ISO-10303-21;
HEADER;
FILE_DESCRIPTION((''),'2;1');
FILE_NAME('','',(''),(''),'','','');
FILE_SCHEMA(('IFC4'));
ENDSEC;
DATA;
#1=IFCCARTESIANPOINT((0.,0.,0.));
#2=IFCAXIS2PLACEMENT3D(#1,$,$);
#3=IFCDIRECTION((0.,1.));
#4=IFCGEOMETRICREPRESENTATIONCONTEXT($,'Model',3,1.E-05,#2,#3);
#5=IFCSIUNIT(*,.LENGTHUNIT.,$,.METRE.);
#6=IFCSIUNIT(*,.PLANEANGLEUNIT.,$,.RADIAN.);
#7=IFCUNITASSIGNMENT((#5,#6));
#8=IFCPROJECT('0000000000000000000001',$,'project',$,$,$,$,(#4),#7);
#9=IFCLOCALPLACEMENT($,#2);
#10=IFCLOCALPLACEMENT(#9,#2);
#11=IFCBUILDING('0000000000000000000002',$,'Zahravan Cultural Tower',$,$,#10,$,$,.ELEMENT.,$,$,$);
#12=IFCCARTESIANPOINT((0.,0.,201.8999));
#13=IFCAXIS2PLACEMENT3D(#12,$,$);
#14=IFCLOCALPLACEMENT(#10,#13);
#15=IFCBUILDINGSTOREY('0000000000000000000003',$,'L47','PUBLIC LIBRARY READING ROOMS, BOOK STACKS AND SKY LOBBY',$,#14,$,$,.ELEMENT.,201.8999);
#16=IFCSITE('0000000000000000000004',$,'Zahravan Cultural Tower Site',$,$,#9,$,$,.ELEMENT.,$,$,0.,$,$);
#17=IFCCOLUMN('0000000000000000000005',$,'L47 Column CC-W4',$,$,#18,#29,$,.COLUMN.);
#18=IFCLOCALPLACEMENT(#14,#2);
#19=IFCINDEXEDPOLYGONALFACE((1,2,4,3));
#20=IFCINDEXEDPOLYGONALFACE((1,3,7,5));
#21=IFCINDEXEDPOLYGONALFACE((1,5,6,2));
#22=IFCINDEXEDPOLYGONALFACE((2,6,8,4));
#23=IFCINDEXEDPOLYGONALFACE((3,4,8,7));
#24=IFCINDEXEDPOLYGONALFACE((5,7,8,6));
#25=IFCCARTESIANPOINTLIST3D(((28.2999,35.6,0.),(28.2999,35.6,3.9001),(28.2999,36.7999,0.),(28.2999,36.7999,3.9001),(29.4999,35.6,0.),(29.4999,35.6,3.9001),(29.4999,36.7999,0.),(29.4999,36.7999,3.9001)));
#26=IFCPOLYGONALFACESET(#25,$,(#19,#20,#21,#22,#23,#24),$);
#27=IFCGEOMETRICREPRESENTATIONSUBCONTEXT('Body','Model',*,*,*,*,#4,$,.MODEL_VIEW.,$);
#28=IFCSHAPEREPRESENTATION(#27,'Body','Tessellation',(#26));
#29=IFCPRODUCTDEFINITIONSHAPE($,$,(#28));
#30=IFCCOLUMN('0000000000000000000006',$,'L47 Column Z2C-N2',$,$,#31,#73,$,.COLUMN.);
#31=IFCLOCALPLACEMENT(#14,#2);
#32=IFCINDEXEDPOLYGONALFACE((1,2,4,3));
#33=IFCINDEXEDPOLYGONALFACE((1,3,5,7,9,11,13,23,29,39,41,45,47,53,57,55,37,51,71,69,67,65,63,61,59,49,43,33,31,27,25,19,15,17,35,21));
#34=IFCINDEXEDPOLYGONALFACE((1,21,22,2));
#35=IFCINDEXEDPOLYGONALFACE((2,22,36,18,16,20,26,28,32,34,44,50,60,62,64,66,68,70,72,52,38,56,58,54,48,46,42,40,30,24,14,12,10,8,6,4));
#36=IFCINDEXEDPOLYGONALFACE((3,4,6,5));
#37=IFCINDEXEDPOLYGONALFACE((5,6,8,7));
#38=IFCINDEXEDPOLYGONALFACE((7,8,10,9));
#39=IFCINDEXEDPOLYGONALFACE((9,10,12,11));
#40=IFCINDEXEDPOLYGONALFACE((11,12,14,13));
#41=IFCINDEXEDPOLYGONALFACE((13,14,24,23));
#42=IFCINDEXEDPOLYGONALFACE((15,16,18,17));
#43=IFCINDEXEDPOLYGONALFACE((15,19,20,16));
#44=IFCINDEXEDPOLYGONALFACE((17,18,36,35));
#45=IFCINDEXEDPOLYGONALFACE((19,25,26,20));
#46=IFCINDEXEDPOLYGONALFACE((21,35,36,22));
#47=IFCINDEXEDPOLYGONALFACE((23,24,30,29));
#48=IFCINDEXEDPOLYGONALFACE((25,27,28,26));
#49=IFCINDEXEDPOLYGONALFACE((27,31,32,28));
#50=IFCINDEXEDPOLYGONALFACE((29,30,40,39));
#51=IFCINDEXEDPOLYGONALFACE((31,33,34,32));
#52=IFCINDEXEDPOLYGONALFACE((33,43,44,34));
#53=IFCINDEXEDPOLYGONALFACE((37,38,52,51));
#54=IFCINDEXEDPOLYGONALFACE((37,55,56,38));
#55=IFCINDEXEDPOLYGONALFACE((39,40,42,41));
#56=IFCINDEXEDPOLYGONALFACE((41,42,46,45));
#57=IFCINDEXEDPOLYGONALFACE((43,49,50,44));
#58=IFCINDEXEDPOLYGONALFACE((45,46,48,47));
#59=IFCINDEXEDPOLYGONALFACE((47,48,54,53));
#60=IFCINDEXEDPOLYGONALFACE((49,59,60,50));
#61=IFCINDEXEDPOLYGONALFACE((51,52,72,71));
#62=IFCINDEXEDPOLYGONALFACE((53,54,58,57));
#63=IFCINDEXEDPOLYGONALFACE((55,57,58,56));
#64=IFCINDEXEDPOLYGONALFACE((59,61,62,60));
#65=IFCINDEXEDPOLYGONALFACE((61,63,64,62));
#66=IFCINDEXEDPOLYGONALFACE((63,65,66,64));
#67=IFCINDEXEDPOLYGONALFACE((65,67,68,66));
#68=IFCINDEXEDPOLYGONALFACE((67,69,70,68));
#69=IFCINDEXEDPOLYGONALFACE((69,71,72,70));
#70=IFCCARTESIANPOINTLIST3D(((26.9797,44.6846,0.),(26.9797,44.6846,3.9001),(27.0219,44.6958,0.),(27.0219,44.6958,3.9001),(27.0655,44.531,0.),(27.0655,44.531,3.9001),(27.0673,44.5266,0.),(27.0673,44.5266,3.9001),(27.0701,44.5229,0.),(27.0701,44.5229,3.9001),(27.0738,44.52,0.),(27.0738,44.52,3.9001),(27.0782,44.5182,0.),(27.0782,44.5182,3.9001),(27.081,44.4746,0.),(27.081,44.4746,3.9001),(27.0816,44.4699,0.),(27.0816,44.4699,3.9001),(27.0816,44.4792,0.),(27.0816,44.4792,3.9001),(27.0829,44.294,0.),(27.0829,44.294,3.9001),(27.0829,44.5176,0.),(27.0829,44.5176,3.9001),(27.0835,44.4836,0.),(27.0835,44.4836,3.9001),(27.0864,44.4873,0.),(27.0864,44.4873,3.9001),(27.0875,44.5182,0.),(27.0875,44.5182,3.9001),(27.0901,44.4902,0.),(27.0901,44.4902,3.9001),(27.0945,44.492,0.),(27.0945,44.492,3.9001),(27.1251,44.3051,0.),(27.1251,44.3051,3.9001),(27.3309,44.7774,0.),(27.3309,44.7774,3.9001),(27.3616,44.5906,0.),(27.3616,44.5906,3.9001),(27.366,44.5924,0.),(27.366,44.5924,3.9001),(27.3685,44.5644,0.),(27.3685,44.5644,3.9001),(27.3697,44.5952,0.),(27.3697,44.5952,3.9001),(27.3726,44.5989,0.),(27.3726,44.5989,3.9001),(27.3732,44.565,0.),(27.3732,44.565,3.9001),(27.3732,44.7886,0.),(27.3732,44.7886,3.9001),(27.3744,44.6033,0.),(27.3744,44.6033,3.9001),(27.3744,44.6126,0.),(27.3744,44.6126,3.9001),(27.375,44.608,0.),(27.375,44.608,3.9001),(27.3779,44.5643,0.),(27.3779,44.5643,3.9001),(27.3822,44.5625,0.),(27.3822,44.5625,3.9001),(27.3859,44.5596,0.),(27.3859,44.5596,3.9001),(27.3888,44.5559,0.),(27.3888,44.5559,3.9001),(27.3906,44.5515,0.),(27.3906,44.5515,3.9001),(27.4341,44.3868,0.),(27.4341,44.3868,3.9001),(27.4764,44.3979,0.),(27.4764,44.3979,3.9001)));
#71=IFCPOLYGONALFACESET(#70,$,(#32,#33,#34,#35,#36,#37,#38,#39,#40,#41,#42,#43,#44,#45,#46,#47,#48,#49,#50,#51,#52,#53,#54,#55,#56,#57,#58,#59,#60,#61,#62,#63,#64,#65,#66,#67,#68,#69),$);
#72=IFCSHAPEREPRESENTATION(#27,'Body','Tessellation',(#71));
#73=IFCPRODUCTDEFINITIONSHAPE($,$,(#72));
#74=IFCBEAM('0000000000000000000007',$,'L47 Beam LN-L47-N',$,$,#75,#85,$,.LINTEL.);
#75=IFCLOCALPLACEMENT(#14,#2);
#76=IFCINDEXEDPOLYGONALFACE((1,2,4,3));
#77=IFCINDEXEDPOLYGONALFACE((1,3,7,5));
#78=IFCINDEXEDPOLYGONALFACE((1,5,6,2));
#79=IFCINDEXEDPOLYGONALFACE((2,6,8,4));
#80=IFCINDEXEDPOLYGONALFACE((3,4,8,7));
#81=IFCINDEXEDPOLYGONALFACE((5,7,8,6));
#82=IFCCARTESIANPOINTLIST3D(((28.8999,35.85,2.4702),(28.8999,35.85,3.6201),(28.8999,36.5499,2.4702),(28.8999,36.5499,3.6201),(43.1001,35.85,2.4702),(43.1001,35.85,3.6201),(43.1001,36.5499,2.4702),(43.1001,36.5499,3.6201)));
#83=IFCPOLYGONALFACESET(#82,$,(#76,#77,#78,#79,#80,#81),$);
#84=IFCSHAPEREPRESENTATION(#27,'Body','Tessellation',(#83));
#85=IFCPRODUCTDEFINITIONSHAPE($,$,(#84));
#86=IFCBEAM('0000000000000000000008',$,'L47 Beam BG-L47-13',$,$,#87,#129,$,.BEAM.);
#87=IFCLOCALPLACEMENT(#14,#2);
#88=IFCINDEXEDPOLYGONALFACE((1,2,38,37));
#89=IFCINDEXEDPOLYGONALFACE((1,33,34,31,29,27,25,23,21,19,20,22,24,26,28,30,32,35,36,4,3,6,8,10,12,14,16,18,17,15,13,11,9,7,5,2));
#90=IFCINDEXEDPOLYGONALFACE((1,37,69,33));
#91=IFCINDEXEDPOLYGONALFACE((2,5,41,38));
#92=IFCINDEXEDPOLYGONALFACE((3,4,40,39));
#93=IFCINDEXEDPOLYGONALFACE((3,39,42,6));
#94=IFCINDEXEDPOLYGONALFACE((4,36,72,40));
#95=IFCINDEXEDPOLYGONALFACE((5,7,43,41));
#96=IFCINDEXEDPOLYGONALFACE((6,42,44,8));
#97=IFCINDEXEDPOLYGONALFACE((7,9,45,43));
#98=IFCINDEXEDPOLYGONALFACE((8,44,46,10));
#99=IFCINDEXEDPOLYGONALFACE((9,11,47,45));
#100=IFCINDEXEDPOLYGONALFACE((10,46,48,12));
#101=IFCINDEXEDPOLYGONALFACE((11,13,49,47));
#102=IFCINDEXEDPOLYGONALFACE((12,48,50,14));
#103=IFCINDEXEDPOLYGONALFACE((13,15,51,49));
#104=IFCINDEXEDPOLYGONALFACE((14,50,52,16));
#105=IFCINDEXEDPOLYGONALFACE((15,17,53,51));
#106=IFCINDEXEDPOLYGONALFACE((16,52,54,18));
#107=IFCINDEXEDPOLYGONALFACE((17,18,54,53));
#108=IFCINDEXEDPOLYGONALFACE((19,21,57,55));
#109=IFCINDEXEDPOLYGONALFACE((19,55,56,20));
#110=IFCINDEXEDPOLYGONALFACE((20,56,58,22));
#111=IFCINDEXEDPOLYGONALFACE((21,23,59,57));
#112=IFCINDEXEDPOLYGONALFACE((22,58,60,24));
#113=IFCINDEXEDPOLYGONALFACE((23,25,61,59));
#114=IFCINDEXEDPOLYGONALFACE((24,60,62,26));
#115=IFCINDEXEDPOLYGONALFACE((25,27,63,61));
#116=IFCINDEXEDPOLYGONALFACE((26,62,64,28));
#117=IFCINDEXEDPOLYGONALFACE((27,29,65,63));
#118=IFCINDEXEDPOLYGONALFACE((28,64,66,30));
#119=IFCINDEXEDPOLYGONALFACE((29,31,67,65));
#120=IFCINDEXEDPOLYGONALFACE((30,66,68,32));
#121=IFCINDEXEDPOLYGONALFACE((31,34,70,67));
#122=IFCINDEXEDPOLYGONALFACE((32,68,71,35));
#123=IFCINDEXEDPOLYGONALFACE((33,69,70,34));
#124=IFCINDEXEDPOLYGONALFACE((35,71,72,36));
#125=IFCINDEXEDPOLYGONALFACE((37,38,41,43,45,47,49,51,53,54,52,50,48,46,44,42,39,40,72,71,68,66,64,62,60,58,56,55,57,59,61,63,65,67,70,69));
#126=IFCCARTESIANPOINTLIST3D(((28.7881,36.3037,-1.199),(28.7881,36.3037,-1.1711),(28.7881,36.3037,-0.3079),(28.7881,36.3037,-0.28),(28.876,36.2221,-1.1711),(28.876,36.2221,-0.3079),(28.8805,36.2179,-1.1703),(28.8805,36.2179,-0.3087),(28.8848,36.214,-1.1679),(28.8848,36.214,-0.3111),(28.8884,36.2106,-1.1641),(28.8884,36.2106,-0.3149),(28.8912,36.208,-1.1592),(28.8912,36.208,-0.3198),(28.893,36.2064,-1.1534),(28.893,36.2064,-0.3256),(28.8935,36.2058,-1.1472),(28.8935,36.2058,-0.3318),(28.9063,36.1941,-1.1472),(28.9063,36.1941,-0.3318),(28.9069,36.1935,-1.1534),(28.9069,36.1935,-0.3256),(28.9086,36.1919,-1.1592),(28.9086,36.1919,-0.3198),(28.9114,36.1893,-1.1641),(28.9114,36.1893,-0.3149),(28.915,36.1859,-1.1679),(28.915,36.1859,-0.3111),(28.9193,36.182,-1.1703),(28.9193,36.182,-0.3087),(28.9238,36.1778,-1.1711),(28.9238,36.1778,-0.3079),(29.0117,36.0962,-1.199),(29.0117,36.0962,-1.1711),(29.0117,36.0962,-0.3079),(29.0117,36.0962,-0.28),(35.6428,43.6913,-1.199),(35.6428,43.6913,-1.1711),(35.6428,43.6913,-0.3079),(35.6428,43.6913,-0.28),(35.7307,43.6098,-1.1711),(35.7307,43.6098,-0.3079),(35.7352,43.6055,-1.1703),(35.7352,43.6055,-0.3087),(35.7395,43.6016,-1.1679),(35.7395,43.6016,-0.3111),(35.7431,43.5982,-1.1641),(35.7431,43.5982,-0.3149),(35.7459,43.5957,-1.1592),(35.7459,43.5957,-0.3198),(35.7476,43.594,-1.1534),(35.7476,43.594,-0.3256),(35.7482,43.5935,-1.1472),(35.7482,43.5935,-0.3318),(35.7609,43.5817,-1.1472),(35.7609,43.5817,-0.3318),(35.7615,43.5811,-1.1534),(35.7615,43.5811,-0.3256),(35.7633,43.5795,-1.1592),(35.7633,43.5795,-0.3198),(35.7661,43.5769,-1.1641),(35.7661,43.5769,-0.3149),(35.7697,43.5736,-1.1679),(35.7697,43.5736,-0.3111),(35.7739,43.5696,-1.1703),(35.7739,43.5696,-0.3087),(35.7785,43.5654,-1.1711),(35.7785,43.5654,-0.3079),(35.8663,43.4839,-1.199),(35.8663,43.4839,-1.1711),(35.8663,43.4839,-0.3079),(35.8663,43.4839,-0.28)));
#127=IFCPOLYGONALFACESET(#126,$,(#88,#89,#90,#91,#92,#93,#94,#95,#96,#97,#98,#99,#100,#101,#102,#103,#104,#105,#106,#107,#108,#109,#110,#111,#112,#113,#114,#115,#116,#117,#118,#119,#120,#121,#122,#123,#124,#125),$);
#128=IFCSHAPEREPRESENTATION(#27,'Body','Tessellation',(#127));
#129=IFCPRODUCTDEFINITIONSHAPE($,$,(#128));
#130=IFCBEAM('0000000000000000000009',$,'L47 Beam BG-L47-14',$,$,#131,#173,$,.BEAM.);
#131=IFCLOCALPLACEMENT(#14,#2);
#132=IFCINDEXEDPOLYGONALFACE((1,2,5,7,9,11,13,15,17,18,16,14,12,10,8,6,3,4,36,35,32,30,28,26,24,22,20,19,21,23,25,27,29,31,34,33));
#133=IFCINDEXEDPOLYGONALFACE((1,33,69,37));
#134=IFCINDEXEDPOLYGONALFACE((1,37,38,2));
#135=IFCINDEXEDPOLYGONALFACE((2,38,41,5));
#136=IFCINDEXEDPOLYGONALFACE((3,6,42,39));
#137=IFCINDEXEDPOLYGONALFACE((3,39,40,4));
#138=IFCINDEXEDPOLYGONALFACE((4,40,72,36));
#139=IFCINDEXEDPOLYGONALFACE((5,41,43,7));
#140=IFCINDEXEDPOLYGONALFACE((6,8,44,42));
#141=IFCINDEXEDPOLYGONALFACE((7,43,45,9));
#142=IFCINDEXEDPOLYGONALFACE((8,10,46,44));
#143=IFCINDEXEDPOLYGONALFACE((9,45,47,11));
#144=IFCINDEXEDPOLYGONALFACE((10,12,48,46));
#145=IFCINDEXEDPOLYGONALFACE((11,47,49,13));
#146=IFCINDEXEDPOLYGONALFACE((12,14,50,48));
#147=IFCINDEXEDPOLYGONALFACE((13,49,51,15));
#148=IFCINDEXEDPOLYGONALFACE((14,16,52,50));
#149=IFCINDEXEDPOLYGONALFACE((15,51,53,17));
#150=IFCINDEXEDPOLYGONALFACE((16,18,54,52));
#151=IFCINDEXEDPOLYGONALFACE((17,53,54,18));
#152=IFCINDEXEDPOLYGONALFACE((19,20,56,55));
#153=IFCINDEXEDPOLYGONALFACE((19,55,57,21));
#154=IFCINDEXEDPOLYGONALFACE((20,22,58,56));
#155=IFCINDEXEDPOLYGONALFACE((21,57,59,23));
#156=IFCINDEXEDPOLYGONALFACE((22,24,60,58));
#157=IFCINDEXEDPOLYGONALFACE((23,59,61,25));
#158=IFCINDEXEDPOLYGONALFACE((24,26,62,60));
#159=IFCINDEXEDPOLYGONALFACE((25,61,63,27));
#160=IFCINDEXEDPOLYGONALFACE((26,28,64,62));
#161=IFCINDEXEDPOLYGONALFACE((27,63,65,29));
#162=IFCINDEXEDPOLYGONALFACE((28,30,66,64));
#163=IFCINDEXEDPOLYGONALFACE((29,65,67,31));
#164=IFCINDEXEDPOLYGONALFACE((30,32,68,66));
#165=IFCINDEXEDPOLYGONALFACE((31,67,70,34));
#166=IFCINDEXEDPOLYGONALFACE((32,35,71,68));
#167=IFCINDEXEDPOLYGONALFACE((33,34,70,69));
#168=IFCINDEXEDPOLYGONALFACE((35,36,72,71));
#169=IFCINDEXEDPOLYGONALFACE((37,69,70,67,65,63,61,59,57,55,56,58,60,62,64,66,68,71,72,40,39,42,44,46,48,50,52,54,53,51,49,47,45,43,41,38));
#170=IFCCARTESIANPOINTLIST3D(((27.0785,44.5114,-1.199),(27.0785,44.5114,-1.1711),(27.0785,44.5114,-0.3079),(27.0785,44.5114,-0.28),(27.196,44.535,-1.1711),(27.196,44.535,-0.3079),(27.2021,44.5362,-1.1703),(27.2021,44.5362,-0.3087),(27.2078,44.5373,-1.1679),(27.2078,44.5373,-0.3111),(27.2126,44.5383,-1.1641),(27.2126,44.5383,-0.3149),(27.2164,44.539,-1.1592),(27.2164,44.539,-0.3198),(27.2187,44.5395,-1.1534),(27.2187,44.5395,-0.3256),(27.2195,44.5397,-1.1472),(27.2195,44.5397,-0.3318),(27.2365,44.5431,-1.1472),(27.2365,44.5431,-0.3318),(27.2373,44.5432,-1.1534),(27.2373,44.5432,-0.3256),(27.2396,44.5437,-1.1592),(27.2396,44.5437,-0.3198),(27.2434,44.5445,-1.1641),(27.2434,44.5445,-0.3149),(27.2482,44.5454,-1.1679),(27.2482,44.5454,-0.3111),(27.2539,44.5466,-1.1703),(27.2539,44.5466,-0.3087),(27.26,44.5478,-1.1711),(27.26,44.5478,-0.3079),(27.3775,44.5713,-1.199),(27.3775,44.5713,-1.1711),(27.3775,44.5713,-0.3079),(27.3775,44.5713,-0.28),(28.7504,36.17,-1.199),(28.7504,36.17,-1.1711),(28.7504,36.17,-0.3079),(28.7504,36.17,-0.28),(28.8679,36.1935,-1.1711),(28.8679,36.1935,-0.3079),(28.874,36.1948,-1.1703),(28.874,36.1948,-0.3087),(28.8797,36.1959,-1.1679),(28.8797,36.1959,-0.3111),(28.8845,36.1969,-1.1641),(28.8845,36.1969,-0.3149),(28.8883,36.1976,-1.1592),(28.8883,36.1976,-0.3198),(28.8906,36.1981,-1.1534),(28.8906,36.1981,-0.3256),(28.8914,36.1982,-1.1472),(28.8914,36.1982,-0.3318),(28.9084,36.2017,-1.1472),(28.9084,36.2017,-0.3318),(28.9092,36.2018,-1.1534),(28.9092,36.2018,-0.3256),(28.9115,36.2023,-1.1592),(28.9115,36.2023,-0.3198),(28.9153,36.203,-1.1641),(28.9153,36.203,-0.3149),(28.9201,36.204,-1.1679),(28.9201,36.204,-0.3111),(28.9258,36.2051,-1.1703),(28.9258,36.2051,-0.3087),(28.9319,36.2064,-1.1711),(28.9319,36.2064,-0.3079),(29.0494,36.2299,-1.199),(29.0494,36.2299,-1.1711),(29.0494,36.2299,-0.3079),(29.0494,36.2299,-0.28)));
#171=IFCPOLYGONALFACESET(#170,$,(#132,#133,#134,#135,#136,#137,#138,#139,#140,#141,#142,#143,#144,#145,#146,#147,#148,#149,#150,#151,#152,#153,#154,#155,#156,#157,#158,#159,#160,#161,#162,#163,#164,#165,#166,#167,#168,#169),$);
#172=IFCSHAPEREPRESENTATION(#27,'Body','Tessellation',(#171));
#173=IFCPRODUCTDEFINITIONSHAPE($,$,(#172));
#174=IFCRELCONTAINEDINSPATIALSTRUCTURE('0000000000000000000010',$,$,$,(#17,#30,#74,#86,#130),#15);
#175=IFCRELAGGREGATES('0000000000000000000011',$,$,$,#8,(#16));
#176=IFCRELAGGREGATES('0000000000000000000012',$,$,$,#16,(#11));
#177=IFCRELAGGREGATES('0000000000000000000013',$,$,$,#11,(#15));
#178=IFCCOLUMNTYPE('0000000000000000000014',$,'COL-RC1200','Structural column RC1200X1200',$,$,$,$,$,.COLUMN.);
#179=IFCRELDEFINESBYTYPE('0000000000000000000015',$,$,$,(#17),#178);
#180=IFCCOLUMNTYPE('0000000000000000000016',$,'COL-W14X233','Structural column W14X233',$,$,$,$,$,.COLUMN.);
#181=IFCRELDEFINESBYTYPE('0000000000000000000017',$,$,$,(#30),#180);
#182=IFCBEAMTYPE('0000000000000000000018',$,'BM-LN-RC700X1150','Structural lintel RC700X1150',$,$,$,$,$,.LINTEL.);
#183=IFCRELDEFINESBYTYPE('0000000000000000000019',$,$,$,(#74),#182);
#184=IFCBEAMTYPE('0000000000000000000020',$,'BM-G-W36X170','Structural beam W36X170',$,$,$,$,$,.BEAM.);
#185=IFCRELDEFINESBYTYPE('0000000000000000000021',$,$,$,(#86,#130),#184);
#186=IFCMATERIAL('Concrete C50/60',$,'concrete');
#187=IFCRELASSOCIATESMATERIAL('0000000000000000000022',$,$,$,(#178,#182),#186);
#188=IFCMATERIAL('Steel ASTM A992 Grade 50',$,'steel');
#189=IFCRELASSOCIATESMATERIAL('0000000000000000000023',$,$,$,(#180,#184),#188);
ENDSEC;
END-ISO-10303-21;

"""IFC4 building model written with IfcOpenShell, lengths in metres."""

from ifc_helpers import new_model, si_unit, direction, frame, origin, origin_2d, place, context, subcontext, project, spatial, rectangle, i_section, extrude, source, transform, mapped, material, material_profile, profile_set, type_object, element, save


model = new_model("IFC4")

# Units and contexts
model_context = context("Model", 3, precision=1e-05, world=origin(), true_north=direction((0.0, 1.0)))
body_context = subcontext(model_context, "Body", "Model", "MODEL_VIEW")
ifc_project = project(units=[si_unit("LENGTHUNIT", "METRE"), si_unit("PLANEANGLEUNIT", "RADIAN")], contexts=[model_context])

# Site, building, storey
site_placement = place(None, origin())
site = spatial("IfcSite", under=ifc_project, at=site_placement, Name="Zahravan Cultural Tower Site", CompositionType="ELEMENT", RefElevation=0.0)
building_placement = place(site_placement, origin())
building = spatial("IfcBuilding", under=site, at=building_placement, Name="Zahravan Cultural Tower", CompositionType="ELEMENT")
storey_placement = place(building_placement, frame((0.0, 0.0, 201.8999)))
storey = spatial("IfcBuildingStorey", under=building, at=storey_placement, Name="L47", Description="PUBLIC LIBRARY READING ROOMS, BOOK STACKS AND SKY LOBBY", CompositionType="ELEMENT", Elevation=201.8999)

# Columns
ifc_material_1 = material(Name="Concrete C50/60", Category="concrete")
ifc_material_profile_1 = material_profile(ifc_material_1, rectangle(XDim=1.2, YDim=1.2, at=origin_2d()), Name="RC1200X1200")
ifc_profile_set_1 = profile_set([ifc_material_profile_1], Name="Concrete C50/60")
column_type_1 = type_object("IfcColumnType", Name="COL-RC1200", Description="Structural column RC1200X1200", PredefinedType="COLUMN", material=ifc_profile_set_1)
shared_shape_1 = source(origin(), body_context, "Body", "SweptSolid", [
    extrude(rectangle(XDim=1.2, YDim=1.2, at=origin_2d()), origin(), (0.0, 0.0, 1.0), 3.9001),
])
column_1_placement = place(storey_placement, frame((28.8999, 36.2, 0.0), z_axis=(0.0, 0.0, 1.0), x_axis=(1.0, 0.0, 0.0)))
element("IfcColumn", 1, at=column_1_placement, inside=storey, type_object=column_type_1, Name="L47 Column CC-W4", PredefinedType="COLUMN", context=body_context, shape_type="MappedRepresentation", body=[
    mapped(shared_shape_1, transform((0.0, 0.0, 0.0), x_axis=(1.0, 0.0, 0.0), y_axis=(0.0, 1.0, 0.0), z_axis=(0.0, 0.0, 1.0), scale=1.0)),
])
ifc_material_2 = material(Name="Steel ASTM A992 Grade 50", Category="steel")
ifc_material_profile_2 = material_profile(ifc_material_2, i_section(OverallWidth=0.4041, OverallDepth=0.407, WebThickness=0.0271, FlangeThickness=0.0437, FilletRadius=0.0181, at=origin_2d()), Name="W14X233")
ifc_profile_set_2 = profile_set([ifc_material_profile_2], Name="Steel ASTM A992 Grade 50")
column_type_2 = type_object("IfcColumnType", Name="COL-W14X233", Description="Structural column W14X233", PredefinedType="COLUMN", material=ifc_profile_set_2)
shared_shape_2 = source(origin(), body_context, "Body", "SweptSolid", [
    extrude(i_section(OverallWidth=0.4041, OverallDepth=0.407, WebThickness=0.0271, FlangeThickness=0.0437, FilletRadius=0.0181, at=origin_2d()), origin(), (0.0, 0.0, 1.0), 3.9001),
])
column_2_placement = place(storey_placement, frame((27.228, 44.5413, 0.0), z_axis=(0.0, 0.0, 1.0), x_axis=(-0.255446, 0.966823, 0.0)))
element("IfcColumn", 2, at=column_2_placement, inside=storey, type_object=column_type_2, Name="L47 Column Z2C-N2", PredefinedType="COLUMN", context=body_context, shape_type="MappedRepresentation", body=[
    mapped(shared_shape_2, transform((0.0, 0.0, 0.0), x_axis=(1.0, 0.0, 0.0), y_axis=(0.0, 1.0, 0.0), z_axis=(0.0, 0.0, 1.0), scale=1.0)),
])

# Beams
ifc_material_profile_3 = material_profile(ifc_material_1, rectangle(XDim=0.7, YDim=1.1499, at=origin_2d()), Name="RC700X1150")
ifc_profile_set_3 = profile_set([ifc_material_profile_3], Name="Concrete C50/60")
beam_type_1 = type_object("IfcBeamType", Name="BM-LN-RC700X1150", Description="Structural lintel RC700X1150", PredefinedType="LINTEL", material=ifc_profile_set_3)
shared_shape_3 = source(origin(), body_context, "Body", "SweptSolid", [
    extrude(rectangle(XDim=0.7, YDim=1.1499, at=origin_2d()), origin(), (0.0, 0.0, 1.0), 14.2002),
])
beam_1_placement = place(storey_placement, frame((28.8999, 36.2, 3.0452), z_axis=(1.0, 0.0, 0.0), x_axis=(0.0, 1.0, 0.0)))
element("IfcBeam", 3, at=beam_1_placement, inside=storey, type_object=beam_type_1, Name="L47 Beam LN-L47-N", PredefinedType="LINTEL", context=body_context, shape_type="MappedRepresentation", body=[
    mapped(shared_shape_3, transform((0.0, 0.0, 0.0), x_axis=(1.0, 0.0, 0.0), y_axis=(0.0, 1.0, 0.0), z_axis=(0.0, 0.0, 1.0), scale=1.0)),
])
ifc_material_profile_4 = material_profile(ifc_material_2, i_section(OverallWidth=0.3049, OverallDepth=0.9189, WebThickness=0.0173, FlangeThickness=0.0278, FilletRadius=0.0239, at=origin_2d()), Name="W36X170")
ifc_profile_set_4 = profile_set([ifc_material_profile_4], Name="Steel ASTM A992 Grade 50")
beam_type_2 = type_object("IfcBeamType", Name="BM-G-W36X170", Description="Structural beam W36X170", PredefinedType="BEAM", material=ifc_profile_set_4)
shared_shape_4 = source(origin(), body_context, "Body", "SweptSolid", [
    extrude(i_section(OverallWidth=0.3049, OverallDepth=0.9189, WebThickness=0.0173, FlangeThickness=0.0278, FilletRadius=0.0239, at=origin_2d()), origin(), (0.0, 0.0, 1.0), 10.0779),
])
beam_2_placement = place(storey_placement, frame((28.8999, 36.2, -0.7395), z_axis=(0.68017, 0.733054, 0.0), x_axis=(-0.733054, 0.68017, 0.0)))
element("IfcBeam", 4, at=beam_2_placement, inside=storey, type_object=beam_type_2, Name="L47 Beam BG-L47-13", PredefinedType="BEAM", context=body_context, shape_type="MappedRepresentation", body=[
    mapped(shared_shape_4, transform((0.0, 0.0, 0.0), x_axis=(1.0, 0.0, 0.0), y_axis=(0.0, 1.0, 0.0), z_axis=(0.0, 0.0, 1.0), scale=1.0)),
])
shared_shape_5 = source(origin(), body_context, "Body", "SweptSolid", [
    extrude(i_section(OverallWidth=0.3049, OverallDepth=0.9189, WebThickness=0.0173, FlangeThickness=0.0278, FilletRadius=0.0239, at=origin_2d()), origin(), (0.0, 0.0, 1.0), 8.5073),
])
beam_3_placement = place(storey_placement, frame((28.8999, 36.2, -0.7395), z_axis=(-0.196525, 0.980499, 0.0), x_axis=(-0.980499, -0.196525, 0.0)))
element("IfcBeam", 5, at=beam_3_placement, inside=storey, type_object=beam_type_2, Name="L47 Beam BG-L47-14", PredefinedType="BEAM", context=body_context, shape_type="MappedRepresentation", body=[
    mapped(shared_shape_5, transform((0.0, 0.0, 0.0), x_axis=(1.0, 0.0, 0.0), y_axis=(0.0, 1.0, 0.0), z_axis=(0.0, 0.0, 1.0), scale=1.0)),
])

save(model, "model.ifc")
